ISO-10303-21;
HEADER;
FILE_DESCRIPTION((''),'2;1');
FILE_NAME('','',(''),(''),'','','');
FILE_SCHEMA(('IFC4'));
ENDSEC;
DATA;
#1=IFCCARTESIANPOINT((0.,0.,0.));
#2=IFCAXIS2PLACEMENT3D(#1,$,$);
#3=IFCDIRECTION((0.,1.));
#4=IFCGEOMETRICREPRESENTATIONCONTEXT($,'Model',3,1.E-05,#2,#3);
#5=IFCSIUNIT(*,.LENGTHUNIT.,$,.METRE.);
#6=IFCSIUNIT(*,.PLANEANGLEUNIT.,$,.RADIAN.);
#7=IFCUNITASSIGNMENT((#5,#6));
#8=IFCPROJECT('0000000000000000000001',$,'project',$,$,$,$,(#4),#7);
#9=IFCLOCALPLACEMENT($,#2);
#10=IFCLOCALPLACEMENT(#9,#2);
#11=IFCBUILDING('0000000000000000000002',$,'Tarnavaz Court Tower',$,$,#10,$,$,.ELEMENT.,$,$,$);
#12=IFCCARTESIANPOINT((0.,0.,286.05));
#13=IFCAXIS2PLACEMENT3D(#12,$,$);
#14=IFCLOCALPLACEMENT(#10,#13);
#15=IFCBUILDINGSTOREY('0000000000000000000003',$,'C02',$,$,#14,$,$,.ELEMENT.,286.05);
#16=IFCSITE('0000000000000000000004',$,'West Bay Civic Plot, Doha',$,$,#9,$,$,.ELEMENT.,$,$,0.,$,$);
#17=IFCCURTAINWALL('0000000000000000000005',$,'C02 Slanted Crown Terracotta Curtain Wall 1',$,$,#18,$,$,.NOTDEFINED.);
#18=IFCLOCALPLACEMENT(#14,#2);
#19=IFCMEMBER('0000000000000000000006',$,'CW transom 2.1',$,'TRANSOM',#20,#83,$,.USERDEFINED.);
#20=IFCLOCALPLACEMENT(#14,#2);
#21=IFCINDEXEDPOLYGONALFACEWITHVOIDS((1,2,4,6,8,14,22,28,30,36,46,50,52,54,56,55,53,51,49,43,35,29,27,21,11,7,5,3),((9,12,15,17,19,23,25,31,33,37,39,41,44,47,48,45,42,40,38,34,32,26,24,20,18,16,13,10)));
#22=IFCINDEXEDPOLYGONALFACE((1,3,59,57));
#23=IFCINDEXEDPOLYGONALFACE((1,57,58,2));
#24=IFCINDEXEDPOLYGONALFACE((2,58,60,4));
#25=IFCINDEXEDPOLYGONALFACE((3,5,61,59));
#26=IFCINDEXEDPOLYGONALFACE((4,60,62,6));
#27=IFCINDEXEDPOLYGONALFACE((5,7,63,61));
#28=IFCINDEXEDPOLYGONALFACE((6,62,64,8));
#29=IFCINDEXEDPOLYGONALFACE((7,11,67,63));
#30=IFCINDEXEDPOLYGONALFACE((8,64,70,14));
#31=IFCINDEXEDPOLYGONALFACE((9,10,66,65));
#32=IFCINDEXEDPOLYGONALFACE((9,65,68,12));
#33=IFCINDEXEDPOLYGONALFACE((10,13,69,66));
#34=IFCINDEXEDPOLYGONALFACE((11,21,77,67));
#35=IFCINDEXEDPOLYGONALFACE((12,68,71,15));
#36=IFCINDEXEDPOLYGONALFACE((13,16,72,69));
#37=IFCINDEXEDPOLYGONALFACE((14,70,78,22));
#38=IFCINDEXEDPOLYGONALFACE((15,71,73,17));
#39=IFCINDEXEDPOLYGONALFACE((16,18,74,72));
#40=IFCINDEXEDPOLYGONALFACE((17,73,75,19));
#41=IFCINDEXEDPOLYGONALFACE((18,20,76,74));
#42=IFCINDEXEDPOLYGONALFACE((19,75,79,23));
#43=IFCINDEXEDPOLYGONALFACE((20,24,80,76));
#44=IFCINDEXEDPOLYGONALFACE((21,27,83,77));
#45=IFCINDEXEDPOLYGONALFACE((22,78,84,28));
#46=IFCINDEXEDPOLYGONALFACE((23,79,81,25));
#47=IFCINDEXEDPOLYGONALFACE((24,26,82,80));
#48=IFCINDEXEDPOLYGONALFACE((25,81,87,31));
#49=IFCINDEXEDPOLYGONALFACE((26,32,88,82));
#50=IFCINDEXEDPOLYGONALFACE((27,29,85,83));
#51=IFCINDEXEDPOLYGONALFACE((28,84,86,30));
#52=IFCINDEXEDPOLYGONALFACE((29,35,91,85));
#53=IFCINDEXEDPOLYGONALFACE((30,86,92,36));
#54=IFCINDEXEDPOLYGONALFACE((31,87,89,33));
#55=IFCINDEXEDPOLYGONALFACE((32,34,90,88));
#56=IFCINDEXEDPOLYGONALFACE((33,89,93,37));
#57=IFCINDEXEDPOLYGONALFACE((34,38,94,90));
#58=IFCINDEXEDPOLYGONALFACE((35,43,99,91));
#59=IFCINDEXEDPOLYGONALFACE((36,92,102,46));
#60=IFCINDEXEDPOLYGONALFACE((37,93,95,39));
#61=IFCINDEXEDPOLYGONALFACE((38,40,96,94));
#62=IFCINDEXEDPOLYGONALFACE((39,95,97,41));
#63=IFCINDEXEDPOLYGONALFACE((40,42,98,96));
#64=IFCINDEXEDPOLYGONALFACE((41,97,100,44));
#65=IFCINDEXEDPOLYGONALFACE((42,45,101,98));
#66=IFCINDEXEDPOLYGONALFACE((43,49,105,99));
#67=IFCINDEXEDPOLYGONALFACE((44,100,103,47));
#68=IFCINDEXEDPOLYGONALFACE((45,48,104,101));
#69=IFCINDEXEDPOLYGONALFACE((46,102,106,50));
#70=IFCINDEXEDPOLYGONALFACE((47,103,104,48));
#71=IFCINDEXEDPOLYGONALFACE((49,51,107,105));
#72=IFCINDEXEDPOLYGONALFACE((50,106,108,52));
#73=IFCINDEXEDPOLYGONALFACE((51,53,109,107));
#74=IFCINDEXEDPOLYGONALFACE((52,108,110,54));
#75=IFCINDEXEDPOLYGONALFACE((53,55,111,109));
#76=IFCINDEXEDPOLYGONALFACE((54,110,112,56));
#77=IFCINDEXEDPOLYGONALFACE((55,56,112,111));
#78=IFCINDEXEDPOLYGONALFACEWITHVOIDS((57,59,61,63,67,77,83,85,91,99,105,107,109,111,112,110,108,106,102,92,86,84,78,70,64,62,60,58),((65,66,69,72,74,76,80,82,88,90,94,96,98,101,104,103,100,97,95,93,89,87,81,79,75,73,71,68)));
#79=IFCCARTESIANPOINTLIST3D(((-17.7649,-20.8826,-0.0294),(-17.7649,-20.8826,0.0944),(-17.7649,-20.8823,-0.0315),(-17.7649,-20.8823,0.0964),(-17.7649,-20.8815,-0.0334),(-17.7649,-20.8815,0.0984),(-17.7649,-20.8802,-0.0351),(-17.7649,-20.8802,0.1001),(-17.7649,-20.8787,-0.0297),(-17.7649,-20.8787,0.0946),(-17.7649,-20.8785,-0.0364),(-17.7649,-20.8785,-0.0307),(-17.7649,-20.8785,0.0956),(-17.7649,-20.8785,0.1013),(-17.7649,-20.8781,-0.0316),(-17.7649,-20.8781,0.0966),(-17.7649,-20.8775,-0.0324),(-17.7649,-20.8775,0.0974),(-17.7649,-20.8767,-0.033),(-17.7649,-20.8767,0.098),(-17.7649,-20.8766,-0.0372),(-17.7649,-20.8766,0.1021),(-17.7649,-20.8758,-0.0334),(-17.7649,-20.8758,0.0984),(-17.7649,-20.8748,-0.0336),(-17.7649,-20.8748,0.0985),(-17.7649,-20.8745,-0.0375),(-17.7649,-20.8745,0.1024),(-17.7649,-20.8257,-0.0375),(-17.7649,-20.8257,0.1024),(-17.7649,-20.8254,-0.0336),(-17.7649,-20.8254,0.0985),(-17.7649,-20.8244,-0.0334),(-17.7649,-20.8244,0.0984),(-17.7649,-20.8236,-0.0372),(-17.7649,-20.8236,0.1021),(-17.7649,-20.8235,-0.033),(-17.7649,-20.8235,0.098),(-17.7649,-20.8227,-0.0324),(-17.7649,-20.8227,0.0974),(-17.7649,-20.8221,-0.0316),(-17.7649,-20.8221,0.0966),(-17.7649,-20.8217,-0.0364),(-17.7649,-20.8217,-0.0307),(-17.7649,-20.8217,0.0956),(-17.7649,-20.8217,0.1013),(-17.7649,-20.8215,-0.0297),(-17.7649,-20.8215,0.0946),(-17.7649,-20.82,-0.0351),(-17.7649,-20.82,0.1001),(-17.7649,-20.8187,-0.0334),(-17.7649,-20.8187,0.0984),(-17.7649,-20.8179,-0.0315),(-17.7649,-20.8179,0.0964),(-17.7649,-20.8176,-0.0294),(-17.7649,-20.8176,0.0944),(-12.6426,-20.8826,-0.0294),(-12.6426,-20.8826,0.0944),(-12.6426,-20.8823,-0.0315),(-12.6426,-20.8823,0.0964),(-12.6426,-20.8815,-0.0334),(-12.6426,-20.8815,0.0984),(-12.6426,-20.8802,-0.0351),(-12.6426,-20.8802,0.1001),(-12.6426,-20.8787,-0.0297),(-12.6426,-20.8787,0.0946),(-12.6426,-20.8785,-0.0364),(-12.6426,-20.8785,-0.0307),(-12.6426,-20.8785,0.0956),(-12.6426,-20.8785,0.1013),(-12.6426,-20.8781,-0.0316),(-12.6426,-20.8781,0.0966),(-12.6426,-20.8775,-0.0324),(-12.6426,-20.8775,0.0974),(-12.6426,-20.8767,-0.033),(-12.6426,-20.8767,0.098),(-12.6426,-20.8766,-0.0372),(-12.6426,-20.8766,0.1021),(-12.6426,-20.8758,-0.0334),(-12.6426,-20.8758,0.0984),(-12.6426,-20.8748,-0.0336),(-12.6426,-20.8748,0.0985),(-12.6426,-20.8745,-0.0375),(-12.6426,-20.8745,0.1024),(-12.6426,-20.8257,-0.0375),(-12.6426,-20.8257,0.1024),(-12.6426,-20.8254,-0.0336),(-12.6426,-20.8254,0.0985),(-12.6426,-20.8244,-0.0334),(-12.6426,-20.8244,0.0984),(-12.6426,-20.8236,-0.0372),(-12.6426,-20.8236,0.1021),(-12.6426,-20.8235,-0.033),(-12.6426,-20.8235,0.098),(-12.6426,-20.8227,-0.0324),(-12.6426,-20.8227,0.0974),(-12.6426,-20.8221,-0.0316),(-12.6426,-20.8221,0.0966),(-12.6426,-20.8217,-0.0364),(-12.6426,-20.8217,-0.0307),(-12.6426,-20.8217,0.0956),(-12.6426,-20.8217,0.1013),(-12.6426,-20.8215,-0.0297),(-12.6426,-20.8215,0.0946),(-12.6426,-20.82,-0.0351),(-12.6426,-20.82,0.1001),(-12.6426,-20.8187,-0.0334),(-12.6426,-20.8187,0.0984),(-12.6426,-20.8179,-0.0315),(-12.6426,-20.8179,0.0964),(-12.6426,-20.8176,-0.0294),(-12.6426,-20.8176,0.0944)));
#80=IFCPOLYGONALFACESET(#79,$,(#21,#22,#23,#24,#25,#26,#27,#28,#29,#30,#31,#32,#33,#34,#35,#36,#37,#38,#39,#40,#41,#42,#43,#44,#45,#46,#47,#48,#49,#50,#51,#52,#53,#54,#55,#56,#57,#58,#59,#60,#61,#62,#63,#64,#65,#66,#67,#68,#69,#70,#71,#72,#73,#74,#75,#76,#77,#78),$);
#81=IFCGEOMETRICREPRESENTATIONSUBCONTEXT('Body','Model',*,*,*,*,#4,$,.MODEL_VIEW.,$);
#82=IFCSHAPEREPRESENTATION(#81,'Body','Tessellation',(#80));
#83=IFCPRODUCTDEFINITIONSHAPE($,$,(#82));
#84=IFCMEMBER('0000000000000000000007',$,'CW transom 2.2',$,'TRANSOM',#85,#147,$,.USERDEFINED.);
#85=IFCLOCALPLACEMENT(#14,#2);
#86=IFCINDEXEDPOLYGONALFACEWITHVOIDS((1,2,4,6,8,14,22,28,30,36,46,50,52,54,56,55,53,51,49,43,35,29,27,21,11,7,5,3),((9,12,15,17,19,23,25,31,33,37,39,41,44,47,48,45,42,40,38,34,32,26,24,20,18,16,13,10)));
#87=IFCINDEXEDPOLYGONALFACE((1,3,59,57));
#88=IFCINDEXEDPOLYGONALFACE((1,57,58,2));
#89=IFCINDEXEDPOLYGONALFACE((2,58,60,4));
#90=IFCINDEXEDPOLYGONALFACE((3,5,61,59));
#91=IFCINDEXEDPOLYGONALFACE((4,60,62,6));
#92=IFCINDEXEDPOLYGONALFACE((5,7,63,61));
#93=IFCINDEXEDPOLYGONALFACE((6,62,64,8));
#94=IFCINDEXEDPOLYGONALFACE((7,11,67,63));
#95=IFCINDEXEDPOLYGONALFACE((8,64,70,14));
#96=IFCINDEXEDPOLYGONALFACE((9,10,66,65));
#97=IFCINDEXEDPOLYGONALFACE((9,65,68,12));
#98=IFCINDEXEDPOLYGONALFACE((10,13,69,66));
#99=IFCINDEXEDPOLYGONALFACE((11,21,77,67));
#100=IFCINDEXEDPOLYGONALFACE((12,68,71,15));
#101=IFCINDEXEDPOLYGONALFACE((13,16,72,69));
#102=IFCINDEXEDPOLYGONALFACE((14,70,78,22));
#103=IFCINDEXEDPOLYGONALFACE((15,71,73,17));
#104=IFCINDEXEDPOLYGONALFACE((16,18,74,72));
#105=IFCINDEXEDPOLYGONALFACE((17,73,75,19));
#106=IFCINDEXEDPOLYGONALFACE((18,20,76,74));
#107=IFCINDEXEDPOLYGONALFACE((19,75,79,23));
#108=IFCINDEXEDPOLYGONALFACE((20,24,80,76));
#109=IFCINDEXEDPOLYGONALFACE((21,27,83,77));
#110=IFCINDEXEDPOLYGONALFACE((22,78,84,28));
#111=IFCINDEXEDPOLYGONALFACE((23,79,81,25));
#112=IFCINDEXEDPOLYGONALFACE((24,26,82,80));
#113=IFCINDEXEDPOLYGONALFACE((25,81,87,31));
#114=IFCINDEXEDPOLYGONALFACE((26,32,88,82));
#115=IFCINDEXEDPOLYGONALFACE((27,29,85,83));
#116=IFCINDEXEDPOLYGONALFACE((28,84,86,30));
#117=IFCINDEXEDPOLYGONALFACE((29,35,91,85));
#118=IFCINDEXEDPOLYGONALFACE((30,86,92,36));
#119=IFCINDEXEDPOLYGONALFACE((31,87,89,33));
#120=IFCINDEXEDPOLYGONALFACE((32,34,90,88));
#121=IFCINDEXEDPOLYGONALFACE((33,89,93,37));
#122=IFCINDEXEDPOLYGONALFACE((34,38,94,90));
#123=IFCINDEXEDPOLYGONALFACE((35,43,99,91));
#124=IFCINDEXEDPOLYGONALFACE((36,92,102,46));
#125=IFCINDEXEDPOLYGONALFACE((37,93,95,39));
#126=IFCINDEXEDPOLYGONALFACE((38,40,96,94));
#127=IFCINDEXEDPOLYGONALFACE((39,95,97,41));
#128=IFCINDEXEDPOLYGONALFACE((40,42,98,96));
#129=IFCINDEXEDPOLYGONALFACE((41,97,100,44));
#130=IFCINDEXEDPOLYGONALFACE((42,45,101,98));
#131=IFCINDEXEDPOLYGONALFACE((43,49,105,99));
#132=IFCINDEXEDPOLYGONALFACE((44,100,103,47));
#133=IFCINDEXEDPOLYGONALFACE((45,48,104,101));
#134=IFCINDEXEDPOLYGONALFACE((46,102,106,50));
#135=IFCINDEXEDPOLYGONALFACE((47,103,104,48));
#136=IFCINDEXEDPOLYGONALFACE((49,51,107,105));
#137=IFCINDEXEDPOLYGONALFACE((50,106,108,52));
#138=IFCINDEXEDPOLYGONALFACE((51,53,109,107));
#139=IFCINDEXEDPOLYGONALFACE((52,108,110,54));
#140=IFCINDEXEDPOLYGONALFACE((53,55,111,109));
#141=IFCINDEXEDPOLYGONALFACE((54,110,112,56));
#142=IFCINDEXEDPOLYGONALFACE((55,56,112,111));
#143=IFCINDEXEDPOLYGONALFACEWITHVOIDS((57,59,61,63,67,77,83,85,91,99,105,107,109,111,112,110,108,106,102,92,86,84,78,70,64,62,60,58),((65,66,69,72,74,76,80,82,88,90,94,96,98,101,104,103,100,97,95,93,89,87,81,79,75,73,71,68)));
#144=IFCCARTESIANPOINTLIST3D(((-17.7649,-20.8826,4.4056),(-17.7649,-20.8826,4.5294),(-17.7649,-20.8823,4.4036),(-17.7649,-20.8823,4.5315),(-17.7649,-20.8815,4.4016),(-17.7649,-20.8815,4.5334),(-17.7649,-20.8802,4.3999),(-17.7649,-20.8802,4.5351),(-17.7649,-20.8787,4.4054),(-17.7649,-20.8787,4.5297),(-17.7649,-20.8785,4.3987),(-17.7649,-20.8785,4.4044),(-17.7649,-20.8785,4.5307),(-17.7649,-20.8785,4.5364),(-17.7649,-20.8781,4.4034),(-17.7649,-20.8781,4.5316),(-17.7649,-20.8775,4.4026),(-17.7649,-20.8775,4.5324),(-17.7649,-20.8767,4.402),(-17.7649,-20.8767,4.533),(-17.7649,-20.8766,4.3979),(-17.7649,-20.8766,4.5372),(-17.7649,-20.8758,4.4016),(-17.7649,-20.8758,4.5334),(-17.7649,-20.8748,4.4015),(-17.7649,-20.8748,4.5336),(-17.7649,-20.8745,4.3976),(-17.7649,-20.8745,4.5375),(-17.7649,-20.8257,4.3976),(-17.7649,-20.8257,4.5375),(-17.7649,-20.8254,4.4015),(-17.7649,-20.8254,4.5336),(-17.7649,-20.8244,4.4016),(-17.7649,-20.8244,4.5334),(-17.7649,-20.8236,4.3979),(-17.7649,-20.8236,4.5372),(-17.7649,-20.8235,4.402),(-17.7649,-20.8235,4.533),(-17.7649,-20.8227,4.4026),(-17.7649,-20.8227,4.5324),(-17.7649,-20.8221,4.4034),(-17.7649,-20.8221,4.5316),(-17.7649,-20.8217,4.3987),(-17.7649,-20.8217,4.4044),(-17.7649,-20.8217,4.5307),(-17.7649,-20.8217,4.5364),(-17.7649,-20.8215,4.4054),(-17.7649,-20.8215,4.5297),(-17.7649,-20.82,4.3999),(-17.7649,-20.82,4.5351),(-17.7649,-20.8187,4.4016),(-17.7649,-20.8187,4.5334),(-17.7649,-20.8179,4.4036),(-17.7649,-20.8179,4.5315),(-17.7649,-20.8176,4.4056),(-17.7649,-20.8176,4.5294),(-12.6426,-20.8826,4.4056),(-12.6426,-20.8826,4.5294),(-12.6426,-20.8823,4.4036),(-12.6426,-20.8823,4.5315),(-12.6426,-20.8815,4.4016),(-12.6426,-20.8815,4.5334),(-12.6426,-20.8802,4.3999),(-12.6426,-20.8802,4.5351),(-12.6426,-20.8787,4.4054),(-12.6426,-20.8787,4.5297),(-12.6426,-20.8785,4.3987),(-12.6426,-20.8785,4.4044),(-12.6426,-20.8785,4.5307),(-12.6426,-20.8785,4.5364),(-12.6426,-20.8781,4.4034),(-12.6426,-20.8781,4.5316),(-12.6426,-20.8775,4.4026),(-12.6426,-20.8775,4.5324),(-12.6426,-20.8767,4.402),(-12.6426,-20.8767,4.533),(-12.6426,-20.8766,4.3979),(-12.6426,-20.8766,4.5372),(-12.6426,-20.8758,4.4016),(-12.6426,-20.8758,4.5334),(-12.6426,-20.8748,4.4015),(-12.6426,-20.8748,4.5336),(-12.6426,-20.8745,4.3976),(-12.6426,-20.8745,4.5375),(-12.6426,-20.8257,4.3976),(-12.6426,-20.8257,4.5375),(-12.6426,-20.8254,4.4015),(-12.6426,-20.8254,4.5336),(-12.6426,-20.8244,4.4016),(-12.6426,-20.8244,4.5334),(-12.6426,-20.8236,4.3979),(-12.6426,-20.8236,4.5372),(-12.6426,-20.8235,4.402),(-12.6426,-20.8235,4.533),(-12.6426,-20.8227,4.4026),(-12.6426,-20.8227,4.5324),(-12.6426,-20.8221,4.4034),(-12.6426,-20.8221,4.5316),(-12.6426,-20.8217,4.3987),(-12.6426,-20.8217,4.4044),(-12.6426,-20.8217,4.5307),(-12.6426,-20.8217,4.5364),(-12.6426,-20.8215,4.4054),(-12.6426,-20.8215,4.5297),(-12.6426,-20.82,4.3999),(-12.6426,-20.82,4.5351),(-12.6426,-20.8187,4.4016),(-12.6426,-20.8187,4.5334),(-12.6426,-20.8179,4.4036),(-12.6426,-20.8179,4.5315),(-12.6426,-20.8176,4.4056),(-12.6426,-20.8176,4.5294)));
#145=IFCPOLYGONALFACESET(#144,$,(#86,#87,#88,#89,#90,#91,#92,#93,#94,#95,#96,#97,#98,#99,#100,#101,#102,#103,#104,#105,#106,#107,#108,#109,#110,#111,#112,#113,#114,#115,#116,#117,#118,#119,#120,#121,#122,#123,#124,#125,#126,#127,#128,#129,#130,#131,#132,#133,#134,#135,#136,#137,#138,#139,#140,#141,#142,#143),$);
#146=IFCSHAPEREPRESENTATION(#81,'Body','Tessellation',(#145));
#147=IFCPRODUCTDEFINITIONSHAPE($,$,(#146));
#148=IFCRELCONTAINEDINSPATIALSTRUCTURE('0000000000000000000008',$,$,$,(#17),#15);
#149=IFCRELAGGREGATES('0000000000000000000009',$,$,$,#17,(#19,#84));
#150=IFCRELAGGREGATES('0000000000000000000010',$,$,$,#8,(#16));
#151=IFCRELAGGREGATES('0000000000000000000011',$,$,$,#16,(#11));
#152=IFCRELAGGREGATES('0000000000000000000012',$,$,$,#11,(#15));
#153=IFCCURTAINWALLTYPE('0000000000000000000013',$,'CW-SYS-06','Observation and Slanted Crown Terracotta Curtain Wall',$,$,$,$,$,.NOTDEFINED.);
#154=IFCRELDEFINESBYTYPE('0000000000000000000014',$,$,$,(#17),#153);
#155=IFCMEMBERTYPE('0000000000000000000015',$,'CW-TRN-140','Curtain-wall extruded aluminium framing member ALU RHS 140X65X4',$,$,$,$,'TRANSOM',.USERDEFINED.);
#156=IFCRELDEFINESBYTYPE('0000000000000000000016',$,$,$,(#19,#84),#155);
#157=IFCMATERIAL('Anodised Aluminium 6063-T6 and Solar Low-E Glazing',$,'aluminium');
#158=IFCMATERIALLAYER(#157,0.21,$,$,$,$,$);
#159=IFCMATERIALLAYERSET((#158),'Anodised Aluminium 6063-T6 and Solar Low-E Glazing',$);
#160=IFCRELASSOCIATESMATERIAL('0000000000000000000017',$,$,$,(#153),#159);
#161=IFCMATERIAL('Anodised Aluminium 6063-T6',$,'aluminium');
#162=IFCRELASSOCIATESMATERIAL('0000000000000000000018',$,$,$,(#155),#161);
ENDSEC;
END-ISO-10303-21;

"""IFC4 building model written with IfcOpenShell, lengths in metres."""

from ifc_helpers import new_model, si_unit, direction, frame, origin, origin_2d, place, context, subcontext, project, spatial, hollow_rectangle, extrude, material, layer, layer_set, material_profile, profile_set, type_object, element, aggregate, save


model = new_model("IFC4")

# Units and contexts
model_context = context("Model", 3, precision=1e-05, world=origin(), true_north=direction((0.0, 1.0)))
body_context = subcontext(model_context, "Body", "Model", "MODEL_VIEW")
ifc_project = project(units=[si_unit("LENGTHUNIT", "METRE"), si_unit("PLANEANGLEUNIT", "RADIAN")], contexts=[model_context])

# Site, building, storey
site_placement = place(None, origin())
site = spatial("IfcSite", under=ifc_project, at=site_placement, Name="West Bay Civic Plot, Doha", CompositionType="ELEMENT", RefElevation=0.0)
building_placement = place(site_placement, origin())
building = spatial("IfcBuilding", under=site, at=building_placement, Name="Tarnavaz Court Tower", CompositionType="ELEMENT")
storey_placement = place(building_placement, frame((0.0, 0.0, 286.05)))
storey = spatial("IfcBuildingStorey", under=building, at=storey_placement, Name="C02", CompositionType="ELEMENT", Elevation=286.05)

# Curtain wall
ifc_material_1 = material(Name="Anodised Aluminium 6063-T6 and Solar Low-E Glazing", Category="aluminium")
ifc_layer_1 = layer(ifc_material_1, 0.21)
ifc_layer_set_1 = layer_set([ifc_layer_1], Name="Anodised Aluminium 6063-T6 and Solar Low-E Glazing")
curtain_wall_type = type_object("IfcCurtainWallType", Name="CW-SYS-06", Description="Observation and Slanted Crown Terracotta Curtain Wall", PredefinedType="NOTDEFINED", material=ifc_layer_set_1)
curtain_wall_1_placement = place(storey_placement, origin())
curtain_wall_1 = element("IfcCurtainWall", 1, at=curtain_wall_1_placement, inside=storey, type_object=curtain_wall_type, Name="C02 Slanted Crown Terracotta Curtain Wall 1", PredefinedType="NOTDEFINED")
ifc_material_2 = material(Name="Anodised Aluminium 6063-T6", Category="aluminium")

# Members
ifc_material_profile_1 = material_profile(ifc_material_2, hollow_rectangle(XDim=0.0649, YDim=0.1399, WallThickness=0.0039, InnerFilletRadius=0.0039, OuterFilletRadius=0.0081, at=origin_2d()), Name="ALU RHS 140X65X4")
ifc_profile_set_1 = profile_set([ifc_material_profile_1], Name="Anodised Aluminium 6063-T6")
member_type_1 = type_object("IfcMemberType", Name="CW-TRN-140", Description="Curtain-wall extruded aluminium framing member ALU RHS 140X65X4", ElementType="TRANSOM", PredefinedType="USERDEFINED", material=ifc_profile_set_1)
member_1_placement = place(storey_placement, frame((-12.6426, -20.8501, 0.0325), z_axis=(-1.0, 0.0, 0.0), x_axis=(0.0, -1.0, 0.0)))
member_1 = element("IfcMember", 2, at=member_1_placement, type_object=member_type_1, Name="CW transom 2.1", ObjectType="TRANSOM", PredefinedType="USERDEFINED", context=body_context, shape_type="SweptSolid", body=[
    extrude(hollow_rectangle(XDim=0.0649, YDim=0.1399, WallThickness=0.0039, InnerFilletRadius=0.0039, OuterFilletRadius=0.0081, at=origin_2d()), origin(), (0.0, 0.0, 1.0), 5.1223),
])
member_2_placement = place(storey_placement, frame((-12.6426, -20.8501, 4.4675), z_axis=(-1.0, 0.0, 0.0), x_axis=(0.0, -1.0, 0.0)))
member_2 = element("IfcMember", 3, at=member_2_placement, type_object=member_type_1, Name="CW transom 2.2", ObjectType="TRANSOM", PredefinedType="USERDEFINED", context=body_context, shape_type="SweptSolid", body=[
    extrude(hollow_rectangle(XDim=0.0649, YDim=0.1399, WallThickness=0.0039, InnerFilletRadius=0.0039, OuterFilletRadius=0.0081, at=origin_2d()), origin(), (0.0, 0.0, 1.0), 5.1223),
])

aggregate(curtain_wall_1, [member_1, member_2])

save(model, "model.ifc")
